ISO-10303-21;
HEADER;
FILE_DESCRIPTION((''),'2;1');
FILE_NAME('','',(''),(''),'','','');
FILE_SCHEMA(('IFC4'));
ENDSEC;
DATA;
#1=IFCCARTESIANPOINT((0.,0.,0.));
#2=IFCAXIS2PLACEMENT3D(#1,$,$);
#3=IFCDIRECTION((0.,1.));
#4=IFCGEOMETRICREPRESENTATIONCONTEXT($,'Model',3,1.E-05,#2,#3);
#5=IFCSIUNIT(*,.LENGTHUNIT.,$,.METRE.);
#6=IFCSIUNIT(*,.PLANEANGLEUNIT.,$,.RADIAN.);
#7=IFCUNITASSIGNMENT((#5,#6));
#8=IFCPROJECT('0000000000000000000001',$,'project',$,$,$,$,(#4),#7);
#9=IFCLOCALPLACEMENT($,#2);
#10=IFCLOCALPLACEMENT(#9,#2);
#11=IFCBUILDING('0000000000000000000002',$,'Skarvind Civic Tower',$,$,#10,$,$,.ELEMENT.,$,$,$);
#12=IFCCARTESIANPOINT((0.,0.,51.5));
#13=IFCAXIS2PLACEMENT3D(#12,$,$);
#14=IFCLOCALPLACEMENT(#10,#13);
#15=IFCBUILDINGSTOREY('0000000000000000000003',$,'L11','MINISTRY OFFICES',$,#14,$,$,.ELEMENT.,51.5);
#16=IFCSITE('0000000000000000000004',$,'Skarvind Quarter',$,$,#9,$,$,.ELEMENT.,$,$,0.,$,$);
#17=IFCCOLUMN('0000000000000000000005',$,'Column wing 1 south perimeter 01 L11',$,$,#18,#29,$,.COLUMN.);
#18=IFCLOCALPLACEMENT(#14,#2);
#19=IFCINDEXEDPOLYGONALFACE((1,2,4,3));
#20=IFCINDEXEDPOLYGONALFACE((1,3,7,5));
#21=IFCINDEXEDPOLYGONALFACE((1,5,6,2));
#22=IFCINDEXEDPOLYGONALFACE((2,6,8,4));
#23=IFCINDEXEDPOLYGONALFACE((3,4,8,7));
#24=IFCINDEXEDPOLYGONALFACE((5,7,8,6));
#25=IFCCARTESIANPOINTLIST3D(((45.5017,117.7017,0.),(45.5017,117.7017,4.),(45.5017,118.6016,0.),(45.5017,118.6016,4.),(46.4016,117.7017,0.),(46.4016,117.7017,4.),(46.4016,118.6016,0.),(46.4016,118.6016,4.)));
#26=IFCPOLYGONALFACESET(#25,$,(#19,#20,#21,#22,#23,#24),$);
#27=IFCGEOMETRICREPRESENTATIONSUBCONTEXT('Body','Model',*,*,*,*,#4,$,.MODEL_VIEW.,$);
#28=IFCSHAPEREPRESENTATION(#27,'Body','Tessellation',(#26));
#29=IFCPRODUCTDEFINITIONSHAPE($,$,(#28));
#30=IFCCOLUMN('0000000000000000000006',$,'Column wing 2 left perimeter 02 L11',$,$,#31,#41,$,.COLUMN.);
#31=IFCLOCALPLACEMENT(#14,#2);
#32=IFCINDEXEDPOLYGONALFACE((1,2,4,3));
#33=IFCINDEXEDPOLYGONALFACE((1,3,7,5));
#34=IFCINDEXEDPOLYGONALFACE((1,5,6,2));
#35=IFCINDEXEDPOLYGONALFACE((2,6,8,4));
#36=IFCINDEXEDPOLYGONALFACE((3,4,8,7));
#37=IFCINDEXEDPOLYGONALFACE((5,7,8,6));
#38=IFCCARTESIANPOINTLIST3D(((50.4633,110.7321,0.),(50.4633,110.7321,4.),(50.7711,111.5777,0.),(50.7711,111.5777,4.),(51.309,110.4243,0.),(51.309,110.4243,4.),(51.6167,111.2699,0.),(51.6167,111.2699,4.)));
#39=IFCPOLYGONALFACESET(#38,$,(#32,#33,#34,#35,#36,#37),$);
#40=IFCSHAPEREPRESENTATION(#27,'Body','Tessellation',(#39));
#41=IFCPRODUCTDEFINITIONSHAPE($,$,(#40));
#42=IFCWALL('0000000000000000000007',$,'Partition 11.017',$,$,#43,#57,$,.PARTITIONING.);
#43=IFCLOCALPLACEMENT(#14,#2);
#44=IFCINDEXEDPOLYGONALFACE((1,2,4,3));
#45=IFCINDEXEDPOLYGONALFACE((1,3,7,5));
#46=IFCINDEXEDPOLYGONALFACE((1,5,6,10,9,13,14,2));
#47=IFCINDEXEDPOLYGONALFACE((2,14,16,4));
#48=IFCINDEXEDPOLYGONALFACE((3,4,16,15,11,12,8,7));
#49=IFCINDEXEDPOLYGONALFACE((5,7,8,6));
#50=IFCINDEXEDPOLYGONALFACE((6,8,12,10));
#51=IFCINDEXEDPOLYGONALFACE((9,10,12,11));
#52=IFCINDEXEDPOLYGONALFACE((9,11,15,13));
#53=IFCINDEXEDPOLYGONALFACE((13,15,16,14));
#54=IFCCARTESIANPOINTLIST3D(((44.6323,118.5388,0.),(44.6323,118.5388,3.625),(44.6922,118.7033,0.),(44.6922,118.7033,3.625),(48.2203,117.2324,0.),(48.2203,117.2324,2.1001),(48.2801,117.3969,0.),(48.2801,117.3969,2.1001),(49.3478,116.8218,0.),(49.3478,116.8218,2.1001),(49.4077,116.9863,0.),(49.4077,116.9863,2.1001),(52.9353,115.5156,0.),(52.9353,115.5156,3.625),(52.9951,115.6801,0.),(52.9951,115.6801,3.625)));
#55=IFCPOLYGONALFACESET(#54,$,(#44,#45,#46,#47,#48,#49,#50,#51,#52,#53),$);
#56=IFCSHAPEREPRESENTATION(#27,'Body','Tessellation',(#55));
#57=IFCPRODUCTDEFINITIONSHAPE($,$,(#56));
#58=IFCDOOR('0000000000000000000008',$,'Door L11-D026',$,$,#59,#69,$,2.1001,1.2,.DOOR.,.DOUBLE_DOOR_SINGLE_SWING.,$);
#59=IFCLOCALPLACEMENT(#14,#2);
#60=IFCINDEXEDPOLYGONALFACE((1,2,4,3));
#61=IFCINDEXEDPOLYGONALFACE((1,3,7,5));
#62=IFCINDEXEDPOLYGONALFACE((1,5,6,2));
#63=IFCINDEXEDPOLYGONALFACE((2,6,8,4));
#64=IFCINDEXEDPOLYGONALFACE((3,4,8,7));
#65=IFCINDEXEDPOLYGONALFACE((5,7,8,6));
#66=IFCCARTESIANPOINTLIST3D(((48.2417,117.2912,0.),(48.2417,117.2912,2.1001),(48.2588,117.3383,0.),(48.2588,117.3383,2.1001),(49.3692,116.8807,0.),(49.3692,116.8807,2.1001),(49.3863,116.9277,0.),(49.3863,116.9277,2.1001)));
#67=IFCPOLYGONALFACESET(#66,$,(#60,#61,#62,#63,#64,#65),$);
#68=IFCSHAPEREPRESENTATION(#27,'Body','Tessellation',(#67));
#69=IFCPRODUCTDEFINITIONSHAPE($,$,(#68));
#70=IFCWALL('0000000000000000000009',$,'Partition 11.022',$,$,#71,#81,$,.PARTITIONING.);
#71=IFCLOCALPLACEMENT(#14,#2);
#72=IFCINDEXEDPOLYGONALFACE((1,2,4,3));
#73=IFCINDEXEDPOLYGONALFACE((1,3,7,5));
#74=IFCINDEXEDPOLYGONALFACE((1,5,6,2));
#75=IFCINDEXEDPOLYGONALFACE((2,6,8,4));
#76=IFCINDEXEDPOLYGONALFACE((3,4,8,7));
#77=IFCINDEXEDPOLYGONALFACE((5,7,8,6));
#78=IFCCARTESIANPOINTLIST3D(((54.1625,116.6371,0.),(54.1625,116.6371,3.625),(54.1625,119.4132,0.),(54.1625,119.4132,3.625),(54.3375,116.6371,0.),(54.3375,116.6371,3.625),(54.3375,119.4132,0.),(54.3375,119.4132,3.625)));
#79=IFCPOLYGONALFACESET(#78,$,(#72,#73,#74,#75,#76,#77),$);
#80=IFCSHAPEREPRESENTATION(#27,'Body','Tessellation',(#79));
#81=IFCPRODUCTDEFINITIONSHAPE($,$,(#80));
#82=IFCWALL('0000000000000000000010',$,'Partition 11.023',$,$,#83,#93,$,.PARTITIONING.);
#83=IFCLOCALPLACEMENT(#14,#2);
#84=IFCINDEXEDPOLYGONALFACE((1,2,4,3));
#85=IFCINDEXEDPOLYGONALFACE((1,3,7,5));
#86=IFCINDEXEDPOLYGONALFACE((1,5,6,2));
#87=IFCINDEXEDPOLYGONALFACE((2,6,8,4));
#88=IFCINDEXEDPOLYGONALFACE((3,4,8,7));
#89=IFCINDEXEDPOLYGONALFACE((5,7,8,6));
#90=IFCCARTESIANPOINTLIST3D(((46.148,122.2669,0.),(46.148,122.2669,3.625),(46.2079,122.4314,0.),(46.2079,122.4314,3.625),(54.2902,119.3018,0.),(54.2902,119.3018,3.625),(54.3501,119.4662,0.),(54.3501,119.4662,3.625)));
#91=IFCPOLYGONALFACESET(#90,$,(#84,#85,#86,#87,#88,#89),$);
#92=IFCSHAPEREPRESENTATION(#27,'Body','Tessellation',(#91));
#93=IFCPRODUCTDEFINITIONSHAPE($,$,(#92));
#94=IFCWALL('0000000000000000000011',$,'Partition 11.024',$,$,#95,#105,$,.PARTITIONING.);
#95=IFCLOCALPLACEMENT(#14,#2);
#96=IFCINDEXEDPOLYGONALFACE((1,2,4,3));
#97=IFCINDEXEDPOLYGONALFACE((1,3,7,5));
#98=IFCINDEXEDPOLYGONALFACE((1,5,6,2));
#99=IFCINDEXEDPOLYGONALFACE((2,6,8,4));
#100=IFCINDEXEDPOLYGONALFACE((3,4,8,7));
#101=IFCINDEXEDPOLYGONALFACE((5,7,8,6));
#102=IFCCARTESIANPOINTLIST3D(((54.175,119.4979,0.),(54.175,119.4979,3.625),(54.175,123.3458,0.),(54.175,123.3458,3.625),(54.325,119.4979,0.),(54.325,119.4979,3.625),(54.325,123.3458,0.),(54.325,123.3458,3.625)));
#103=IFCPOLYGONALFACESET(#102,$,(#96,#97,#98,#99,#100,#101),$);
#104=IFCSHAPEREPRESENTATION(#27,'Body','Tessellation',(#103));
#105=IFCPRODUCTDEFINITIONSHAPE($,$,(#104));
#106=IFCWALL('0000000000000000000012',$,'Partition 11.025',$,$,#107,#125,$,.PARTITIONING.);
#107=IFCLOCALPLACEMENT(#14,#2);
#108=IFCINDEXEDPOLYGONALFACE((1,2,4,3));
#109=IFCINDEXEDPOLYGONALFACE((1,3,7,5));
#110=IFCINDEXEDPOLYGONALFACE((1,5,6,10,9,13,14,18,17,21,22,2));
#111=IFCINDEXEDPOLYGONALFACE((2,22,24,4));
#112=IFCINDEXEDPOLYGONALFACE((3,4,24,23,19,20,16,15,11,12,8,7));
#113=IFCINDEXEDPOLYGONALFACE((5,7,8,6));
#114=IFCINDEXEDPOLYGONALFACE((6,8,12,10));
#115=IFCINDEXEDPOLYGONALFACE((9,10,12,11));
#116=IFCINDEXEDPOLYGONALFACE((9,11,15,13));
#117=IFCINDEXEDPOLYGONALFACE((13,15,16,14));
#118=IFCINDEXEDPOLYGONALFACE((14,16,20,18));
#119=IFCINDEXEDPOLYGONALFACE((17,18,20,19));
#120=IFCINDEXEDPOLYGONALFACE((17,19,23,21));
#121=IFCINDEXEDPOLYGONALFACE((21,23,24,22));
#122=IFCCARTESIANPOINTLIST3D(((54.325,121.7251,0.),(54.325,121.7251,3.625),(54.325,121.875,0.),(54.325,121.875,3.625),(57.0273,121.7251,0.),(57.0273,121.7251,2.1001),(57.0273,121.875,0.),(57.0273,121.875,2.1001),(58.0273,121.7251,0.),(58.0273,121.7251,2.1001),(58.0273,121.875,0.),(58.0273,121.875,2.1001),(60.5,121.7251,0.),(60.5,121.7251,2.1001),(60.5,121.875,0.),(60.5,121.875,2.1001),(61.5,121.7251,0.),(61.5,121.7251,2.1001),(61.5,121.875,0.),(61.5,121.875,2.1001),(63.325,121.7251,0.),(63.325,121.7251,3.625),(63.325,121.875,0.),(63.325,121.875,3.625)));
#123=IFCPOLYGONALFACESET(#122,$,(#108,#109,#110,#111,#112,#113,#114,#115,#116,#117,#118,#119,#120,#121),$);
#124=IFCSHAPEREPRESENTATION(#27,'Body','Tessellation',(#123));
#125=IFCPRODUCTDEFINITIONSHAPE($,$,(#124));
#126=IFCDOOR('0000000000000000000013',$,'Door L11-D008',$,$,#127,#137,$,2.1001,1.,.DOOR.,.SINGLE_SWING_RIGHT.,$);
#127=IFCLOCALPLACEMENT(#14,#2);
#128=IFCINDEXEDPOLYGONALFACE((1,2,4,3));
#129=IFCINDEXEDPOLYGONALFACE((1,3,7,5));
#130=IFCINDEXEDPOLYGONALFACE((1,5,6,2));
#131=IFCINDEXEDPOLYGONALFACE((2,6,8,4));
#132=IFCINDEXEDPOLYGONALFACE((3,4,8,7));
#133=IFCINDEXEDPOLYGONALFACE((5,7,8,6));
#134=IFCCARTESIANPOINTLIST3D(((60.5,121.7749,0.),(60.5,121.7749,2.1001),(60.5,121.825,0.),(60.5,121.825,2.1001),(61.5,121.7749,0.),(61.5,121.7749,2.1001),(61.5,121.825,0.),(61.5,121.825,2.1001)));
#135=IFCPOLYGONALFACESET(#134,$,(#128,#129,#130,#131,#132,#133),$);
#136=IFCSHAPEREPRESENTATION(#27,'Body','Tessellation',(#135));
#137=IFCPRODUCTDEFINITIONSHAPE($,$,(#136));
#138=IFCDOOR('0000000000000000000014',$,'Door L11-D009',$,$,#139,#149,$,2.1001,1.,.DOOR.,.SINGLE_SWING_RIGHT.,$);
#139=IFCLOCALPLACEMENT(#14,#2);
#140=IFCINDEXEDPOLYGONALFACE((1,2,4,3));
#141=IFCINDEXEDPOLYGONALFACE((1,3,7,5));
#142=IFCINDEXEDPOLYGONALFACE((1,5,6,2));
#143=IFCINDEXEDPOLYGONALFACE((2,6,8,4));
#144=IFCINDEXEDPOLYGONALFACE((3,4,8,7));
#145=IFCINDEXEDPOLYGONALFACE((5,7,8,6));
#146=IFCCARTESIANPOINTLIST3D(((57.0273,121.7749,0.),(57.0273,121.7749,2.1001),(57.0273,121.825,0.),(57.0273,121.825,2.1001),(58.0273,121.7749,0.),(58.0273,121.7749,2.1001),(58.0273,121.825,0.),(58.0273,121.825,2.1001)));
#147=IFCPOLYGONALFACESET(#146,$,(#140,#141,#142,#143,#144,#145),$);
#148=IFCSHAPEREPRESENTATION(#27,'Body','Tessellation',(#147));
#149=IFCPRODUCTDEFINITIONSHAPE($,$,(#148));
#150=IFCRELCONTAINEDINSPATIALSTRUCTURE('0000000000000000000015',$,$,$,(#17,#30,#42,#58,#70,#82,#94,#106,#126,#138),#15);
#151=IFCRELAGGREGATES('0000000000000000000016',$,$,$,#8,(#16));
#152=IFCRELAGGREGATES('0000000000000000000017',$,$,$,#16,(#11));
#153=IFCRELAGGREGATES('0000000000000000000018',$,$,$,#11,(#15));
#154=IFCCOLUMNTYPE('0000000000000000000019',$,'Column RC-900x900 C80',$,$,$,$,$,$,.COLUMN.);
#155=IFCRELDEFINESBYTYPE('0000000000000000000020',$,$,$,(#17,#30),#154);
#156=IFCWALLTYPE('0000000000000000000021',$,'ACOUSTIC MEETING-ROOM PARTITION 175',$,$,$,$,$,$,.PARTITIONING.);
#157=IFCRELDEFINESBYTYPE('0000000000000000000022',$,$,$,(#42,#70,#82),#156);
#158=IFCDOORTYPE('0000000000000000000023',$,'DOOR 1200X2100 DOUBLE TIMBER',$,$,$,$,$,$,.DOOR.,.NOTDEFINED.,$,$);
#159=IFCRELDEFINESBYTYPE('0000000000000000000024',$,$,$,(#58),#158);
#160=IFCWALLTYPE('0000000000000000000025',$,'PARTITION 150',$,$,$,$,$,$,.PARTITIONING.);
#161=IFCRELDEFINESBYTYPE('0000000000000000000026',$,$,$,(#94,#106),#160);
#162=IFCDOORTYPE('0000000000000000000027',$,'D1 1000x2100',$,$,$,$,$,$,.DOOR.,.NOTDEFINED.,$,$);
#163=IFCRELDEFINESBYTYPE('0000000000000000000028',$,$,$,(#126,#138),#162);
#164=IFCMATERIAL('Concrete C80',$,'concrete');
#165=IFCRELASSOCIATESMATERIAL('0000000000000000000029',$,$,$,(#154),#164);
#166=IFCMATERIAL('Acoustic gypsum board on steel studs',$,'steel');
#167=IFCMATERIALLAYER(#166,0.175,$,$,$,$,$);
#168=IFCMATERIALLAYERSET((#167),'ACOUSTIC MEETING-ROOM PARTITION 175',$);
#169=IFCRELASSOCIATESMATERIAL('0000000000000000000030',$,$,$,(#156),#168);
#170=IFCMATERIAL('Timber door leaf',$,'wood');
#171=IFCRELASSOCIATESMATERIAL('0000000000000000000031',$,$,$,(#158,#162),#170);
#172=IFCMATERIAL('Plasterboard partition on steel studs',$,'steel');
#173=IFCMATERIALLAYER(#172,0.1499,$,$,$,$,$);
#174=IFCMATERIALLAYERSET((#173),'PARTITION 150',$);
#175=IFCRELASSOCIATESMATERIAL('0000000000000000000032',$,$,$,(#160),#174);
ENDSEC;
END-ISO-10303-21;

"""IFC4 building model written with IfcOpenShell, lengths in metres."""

from ifc_helpers import new_model, si_unit, direction, frame, frame_2d, origin, origin_2d, place, context, subcontext, project, spatial, rectangle, extrude, material, layer, layer_set, material_profile, profile_set, type_object, element, fill, save


model = new_model("IFC4")

# Units and contexts
model_context = context("Model", 3, precision=1e-05, world=origin(), true_north=direction((0.0, 1.0)))
body_context = subcontext(model_context, "Body", "Model", "MODEL_VIEW")
ifc_project = project(units=[si_unit("LENGTHUNIT", "METRE"), si_unit("PLANEANGLEUNIT", "RADIAN")], contexts=[model_context])

# Site, building, storey
site_placement = place(None, origin())
site = spatial("IfcSite", under=ifc_project, at=site_placement, Name="Skarvind Quarter", CompositionType="ELEMENT", RefElevation=0.0)
building_placement = place(site_placement, origin())
building = spatial("IfcBuilding", under=site, at=building_placement, Name="Skarvind Civic Tower", CompositionType="ELEMENT")
storey_placement = place(building_placement, frame((0.0, 0.0, 51.5)))
storey = spatial("IfcBuildingStorey", under=building, at=storey_placement, Name="L11", Description="MINISTRY OFFICES", CompositionType="ELEMENT", Elevation=51.5)

# Columns
ifc_material_1 = material(Name="Concrete C80", Category="concrete")
ifc_material_profile = material_profile(ifc_material_1, rectangle(XDim=0.8999, YDim=0.8999, at=origin_2d()), Name="RC-900x900")
ifc_profile_set = profile_set([ifc_material_profile], Name="Concrete C80")
column_type = type_object("IfcColumnType", Name="Column RC-900x900 C80", PredefinedType="COLUMN", material=ifc_profile_set)
for number, where, z_axis, x_axis, name in (
    (1, (45.9517, 118.1516, 0.0), (0.0, 0.0, 1.0), (1.0, 0.0, 0.0), "Column wing 1 south perimeter 01 L11"),
    (2, (51.04, 111.001, 0.0), (0.0, 0.0, 1.0), (-0.34202, -0.939693, 0.0), "Column wing 2 left perimeter 02 L11"),
):
    element("IfcColumn", number, at=place(storey_placement, frame(where, z_axis=z_axis, x_axis=x_axis)), inside=storey, type_object=column_type, Name=name, PredefinedType="COLUMN", context=body_context, shape_type="SweptSolid", body=[
        extrude(rectangle(XDim=0.8999, YDim=0.8999, at=origin_2d()), origin(), (0.0, 0.0, 1.0), 4.0),
    ])

# Wall, opening, door
ifc_material_2 = material(Name="Acoustic gypsum board on steel studs", Category="steel")
ifc_layer_1 = layer(ifc_material_2, 0.175)
ifc_layer_set_1 = layer_set([ifc_layer_1], Name="ACOUSTIC MEETING-ROOM PARTITION 175")
wall_type_1 = type_object("IfcWallType", Name="ACOUSTIC MEETING-ROOM PARTITION 175", PredefinedType="PARTITIONING", material=ifc_layer_set_1)
wall_1_placement = place(storey_placement, frame((52.9651, 115.5979, 0.0), z_axis=(0.0, 0.0, 1.0), x_axis=(-0.939651, 0.342136, 0.0)))
wall_1 = element("IfcWall", 3, at=wall_1_placement, inside=storey, type_object=wall_type_1, Name="Partition 11.017", PredefinedType="PARTITIONING", context=body_context, shape_type="SweptSolid", body=[
    extrude(rectangle(XDim=8.8362, YDim=0.175, at=frame_2d((4.418, 0.0))), origin(), (0.0, 0.0, 1.0), 3.625),
])
opening_1_placement = place(wall_1_placement, frame((3.8176, 0.0, 0.0)))
opening_1 = element("IfcOpeningElement", 4, at=opening_1_placement, cuts=wall_1, PredefinedType="OPENING", context=body_context, shape_type="SweptSolid", body=[
    extrude(rectangle(XDim=1.2, YDim=2.1001, at=frame_2d((0.6001, 1.05))), frame((0.0, 0.0974, 0.0), z_axis=(0.0, -1.0, 0.0), x_axis=(1.0, 0.0, 0.0)), (0.0, 0.0, 1.0), 0.1951),
])
ifc_material_3 = material(Name="Timber door leaf", Category="wood")
door_type_1 = type_object("IfcDoorType", Name="DOOR 1200X2100 DOUBLE TIMBER", OperationType="NOTDEFINED", PredefinedType="DOOR", material=ifc_material_3)
door_1_placement = place(opening_1_placement, origin())
door_1 = element("IfcDoor", 5, at=door_1_placement, inside=storey, type_object=door_type_1, Name="Door L11-D026", OperationType="DOUBLE_DOOR_SINGLE_SWING", OverallHeight=2.1001, OverallWidth=1.2, PredefinedType="DOOR", context=body_context, shape_type="SweptSolid", body=[
    extrude(rectangle(XDim=1.2, YDim=2.1001, at=frame_2d((0.6001, 1.05))), frame((0.0, 0.0249, 0.0), z_axis=(0.0, -1.0, 0.0), x_axis=(1.0, 0.0, 0.0)), (0.0, 0.0, 1.0), 0.05),
])
fill(opening_1, door_1)

# Walls
wall_2_placement = place(storey_placement, frame((54.25, 116.637, 0.0), z_axis=(0.0, 0.0, 1.0), x_axis=(0.0, 1.0, 0.0)))
element("IfcWall", 6, at=wall_2_placement, inside=storey, type_object=wall_type_1, Name="Partition 11.022", PredefinedType="PARTITIONING", context=body_context, shape_type="SweptSolid", body=[
    extrude(rectangle(XDim=2.7761, YDim=0.175, at=frame_2d((1.3882, 0.0))), origin(), (0.0, 0.0, 1.0), 3.625),
])
wall_3_placement = place(storey_placement, frame((54.3201, 119.384, 0.0), z_axis=(0.0, 0.0, 1.0), x_axis=(-0.939633, 0.342184, 0.0)))
element("IfcWall", 7, at=wall_3_placement, inside=storey, type_object=wall_type_1, Name="Partition 11.023", PredefinedType="PARTITIONING", context=body_context, shape_type="SweptSolid", body=[
    extrude(rectangle(XDim=8.6653, YDim=0.175, at=frame_2d((4.3325, 0.0))), origin(), (0.0, 0.0, 1.0), 3.625),
])
ifc_material_4 = material(Name="Plasterboard partition on steel studs", Category="steel")
ifc_layer_2 = layer(ifc_material_4, 0.1499)
ifc_layer_set_2 = layer_set([ifc_layer_2], Name="PARTITION 150")
wall_type_2 = type_object("IfcWallType", Name="PARTITION 150", PredefinedType="PARTITIONING", material=ifc_layer_set_2)
wall_4_placement = place(storey_placement, frame((54.25, 119.498, 0.0), z_axis=(0.0, 0.0, 1.0), x_axis=(0.0, 1.0, 0.0)))
element("IfcWall", 8, at=wall_4_placement, inside=storey, type_object=wall_type_2, Name="Partition 11.024", PredefinedType="PARTITIONING", context=body_context, shape_type="SweptSolid", body=[
    extrude(rectangle(XDim=3.8479, YDim=0.1499, at=frame_2d((1.9238, 0.0))), origin(), (0.0, 0.0, 1.0), 3.625),
])

# Wall, openings, doors
wall_5_placement = place(storey_placement, frame((54.325, 121.8, 0.0), z_axis=(0.0, 0.0, 1.0), x_axis=(1.0, 0.0, 0.0)))
wall_5 = element("IfcWall", 9, at=wall_5_placement, inside=storey, type_object=wall_type_2, Name="Partition 11.025", PredefinedType="PARTITIONING", context=body_context, shape_type="SweptSolid", body=[
    extrude(rectangle(XDim=9.0, YDim=0.1499, at=frame_2d((4.5, 0.0))), origin(), (0.0, 0.0, 1.0), 3.625),
])
opening_2_placement = place(wall_5_placement, frame((6.175, 0.0, 0.0)))
opening_2 = element("IfcOpeningElement", 10, at=opening_2_placement, cuts=wall_5, PredefinedType="OPENING", context=body_context, shape_type="SweptSolid", body=[
    extrude(rectangle(XDim=1.0, YDim=2.1001, at=frame_2d((0.5, 1.05))), frame((0.0, 0.085, 0.0), z_axis=(0.0, -1.0, 0.0), x_axis=(1.0, 0.0, 0.0)), (0.0, 0.0, 1.0), 0.1699),
])
opening_3_placement = place(wall_5_placement, frame((2.7024, 0.0, 0.0)))
opening_3 = element("IfcOpeningElement", 11, at=opening_3_placement, cuts=wall_5, PredefinedType="OPENING", context=body_context, shape_type="SweptSolid", body=[
    extrude(rectangle(XDim=1.0, YDim=2.1001, at=frame_2d((0.5, 1.05))), frame((0.0, 0.085, 0.0), z_axis=(0.0, -1.0, 0.0), x_axis=(1.0, 0.0, 0.0)), (0.0, 0.0, 1.0), 0.1699),
])
door_type_2 = type_object("IfcDoorType", Name="D1 1000x2100", OperationType="NOTDEFINED", PredefinedType="DOOR", material=ifc_material_3)
door_2_placement = place(opening_2_placement, origin())
door_2 = element("IfcDoor", 12, at=door_2_placement, inside=storey, type_object=door_type_2, Name="Door L11-D008", OperationType="SINGLE_SWING_RIGHT", OverallHeight=2.1001, OverallWidth=1.0, PredefinedType="DOOR", context=body_context, shape_type="SweptSolid", body=[
    extrude(rectangle(XDim=1.0, YDim=2.1001, at=frame_2d((0.5, 1.05))), frame((0.0, 0.0249, 0.0), z_axis=(0.0, -1.0, 0.0), x_axis=(1.0, 0.0, 0.0)), (0.0, 0.0, 1.0), 0.05),
])
fill(opening_2, door_2)
door_3_placement = place(opening_3_placement, origin())
door_3 = element("IfcDoor", 13, at=door_3_placement, inside=storey, type_object=door_type_2, Name="Door L11-D009", OperationType="SINGLE_SWING_RIGHT", OverallHeight=2.1001, OverallWidth=1.0, PredefinedType="DOOR", context=body_context, shape_type="SweptSolid", body=[
    extrude(rectangle(XDim=1.0, YDim=2.1001, at=frame_2d((0.5, 1.05))), frame((0.0, 0.0249, 0.0), z_axis=(0.0, -1.0, 0.0), x_axis=(1.0, 0.0, 0.0)), (0.0, 0.0, 1.0), 0.05),
])
fill(opening_3, door_3)

save(model, "model.ifc")
